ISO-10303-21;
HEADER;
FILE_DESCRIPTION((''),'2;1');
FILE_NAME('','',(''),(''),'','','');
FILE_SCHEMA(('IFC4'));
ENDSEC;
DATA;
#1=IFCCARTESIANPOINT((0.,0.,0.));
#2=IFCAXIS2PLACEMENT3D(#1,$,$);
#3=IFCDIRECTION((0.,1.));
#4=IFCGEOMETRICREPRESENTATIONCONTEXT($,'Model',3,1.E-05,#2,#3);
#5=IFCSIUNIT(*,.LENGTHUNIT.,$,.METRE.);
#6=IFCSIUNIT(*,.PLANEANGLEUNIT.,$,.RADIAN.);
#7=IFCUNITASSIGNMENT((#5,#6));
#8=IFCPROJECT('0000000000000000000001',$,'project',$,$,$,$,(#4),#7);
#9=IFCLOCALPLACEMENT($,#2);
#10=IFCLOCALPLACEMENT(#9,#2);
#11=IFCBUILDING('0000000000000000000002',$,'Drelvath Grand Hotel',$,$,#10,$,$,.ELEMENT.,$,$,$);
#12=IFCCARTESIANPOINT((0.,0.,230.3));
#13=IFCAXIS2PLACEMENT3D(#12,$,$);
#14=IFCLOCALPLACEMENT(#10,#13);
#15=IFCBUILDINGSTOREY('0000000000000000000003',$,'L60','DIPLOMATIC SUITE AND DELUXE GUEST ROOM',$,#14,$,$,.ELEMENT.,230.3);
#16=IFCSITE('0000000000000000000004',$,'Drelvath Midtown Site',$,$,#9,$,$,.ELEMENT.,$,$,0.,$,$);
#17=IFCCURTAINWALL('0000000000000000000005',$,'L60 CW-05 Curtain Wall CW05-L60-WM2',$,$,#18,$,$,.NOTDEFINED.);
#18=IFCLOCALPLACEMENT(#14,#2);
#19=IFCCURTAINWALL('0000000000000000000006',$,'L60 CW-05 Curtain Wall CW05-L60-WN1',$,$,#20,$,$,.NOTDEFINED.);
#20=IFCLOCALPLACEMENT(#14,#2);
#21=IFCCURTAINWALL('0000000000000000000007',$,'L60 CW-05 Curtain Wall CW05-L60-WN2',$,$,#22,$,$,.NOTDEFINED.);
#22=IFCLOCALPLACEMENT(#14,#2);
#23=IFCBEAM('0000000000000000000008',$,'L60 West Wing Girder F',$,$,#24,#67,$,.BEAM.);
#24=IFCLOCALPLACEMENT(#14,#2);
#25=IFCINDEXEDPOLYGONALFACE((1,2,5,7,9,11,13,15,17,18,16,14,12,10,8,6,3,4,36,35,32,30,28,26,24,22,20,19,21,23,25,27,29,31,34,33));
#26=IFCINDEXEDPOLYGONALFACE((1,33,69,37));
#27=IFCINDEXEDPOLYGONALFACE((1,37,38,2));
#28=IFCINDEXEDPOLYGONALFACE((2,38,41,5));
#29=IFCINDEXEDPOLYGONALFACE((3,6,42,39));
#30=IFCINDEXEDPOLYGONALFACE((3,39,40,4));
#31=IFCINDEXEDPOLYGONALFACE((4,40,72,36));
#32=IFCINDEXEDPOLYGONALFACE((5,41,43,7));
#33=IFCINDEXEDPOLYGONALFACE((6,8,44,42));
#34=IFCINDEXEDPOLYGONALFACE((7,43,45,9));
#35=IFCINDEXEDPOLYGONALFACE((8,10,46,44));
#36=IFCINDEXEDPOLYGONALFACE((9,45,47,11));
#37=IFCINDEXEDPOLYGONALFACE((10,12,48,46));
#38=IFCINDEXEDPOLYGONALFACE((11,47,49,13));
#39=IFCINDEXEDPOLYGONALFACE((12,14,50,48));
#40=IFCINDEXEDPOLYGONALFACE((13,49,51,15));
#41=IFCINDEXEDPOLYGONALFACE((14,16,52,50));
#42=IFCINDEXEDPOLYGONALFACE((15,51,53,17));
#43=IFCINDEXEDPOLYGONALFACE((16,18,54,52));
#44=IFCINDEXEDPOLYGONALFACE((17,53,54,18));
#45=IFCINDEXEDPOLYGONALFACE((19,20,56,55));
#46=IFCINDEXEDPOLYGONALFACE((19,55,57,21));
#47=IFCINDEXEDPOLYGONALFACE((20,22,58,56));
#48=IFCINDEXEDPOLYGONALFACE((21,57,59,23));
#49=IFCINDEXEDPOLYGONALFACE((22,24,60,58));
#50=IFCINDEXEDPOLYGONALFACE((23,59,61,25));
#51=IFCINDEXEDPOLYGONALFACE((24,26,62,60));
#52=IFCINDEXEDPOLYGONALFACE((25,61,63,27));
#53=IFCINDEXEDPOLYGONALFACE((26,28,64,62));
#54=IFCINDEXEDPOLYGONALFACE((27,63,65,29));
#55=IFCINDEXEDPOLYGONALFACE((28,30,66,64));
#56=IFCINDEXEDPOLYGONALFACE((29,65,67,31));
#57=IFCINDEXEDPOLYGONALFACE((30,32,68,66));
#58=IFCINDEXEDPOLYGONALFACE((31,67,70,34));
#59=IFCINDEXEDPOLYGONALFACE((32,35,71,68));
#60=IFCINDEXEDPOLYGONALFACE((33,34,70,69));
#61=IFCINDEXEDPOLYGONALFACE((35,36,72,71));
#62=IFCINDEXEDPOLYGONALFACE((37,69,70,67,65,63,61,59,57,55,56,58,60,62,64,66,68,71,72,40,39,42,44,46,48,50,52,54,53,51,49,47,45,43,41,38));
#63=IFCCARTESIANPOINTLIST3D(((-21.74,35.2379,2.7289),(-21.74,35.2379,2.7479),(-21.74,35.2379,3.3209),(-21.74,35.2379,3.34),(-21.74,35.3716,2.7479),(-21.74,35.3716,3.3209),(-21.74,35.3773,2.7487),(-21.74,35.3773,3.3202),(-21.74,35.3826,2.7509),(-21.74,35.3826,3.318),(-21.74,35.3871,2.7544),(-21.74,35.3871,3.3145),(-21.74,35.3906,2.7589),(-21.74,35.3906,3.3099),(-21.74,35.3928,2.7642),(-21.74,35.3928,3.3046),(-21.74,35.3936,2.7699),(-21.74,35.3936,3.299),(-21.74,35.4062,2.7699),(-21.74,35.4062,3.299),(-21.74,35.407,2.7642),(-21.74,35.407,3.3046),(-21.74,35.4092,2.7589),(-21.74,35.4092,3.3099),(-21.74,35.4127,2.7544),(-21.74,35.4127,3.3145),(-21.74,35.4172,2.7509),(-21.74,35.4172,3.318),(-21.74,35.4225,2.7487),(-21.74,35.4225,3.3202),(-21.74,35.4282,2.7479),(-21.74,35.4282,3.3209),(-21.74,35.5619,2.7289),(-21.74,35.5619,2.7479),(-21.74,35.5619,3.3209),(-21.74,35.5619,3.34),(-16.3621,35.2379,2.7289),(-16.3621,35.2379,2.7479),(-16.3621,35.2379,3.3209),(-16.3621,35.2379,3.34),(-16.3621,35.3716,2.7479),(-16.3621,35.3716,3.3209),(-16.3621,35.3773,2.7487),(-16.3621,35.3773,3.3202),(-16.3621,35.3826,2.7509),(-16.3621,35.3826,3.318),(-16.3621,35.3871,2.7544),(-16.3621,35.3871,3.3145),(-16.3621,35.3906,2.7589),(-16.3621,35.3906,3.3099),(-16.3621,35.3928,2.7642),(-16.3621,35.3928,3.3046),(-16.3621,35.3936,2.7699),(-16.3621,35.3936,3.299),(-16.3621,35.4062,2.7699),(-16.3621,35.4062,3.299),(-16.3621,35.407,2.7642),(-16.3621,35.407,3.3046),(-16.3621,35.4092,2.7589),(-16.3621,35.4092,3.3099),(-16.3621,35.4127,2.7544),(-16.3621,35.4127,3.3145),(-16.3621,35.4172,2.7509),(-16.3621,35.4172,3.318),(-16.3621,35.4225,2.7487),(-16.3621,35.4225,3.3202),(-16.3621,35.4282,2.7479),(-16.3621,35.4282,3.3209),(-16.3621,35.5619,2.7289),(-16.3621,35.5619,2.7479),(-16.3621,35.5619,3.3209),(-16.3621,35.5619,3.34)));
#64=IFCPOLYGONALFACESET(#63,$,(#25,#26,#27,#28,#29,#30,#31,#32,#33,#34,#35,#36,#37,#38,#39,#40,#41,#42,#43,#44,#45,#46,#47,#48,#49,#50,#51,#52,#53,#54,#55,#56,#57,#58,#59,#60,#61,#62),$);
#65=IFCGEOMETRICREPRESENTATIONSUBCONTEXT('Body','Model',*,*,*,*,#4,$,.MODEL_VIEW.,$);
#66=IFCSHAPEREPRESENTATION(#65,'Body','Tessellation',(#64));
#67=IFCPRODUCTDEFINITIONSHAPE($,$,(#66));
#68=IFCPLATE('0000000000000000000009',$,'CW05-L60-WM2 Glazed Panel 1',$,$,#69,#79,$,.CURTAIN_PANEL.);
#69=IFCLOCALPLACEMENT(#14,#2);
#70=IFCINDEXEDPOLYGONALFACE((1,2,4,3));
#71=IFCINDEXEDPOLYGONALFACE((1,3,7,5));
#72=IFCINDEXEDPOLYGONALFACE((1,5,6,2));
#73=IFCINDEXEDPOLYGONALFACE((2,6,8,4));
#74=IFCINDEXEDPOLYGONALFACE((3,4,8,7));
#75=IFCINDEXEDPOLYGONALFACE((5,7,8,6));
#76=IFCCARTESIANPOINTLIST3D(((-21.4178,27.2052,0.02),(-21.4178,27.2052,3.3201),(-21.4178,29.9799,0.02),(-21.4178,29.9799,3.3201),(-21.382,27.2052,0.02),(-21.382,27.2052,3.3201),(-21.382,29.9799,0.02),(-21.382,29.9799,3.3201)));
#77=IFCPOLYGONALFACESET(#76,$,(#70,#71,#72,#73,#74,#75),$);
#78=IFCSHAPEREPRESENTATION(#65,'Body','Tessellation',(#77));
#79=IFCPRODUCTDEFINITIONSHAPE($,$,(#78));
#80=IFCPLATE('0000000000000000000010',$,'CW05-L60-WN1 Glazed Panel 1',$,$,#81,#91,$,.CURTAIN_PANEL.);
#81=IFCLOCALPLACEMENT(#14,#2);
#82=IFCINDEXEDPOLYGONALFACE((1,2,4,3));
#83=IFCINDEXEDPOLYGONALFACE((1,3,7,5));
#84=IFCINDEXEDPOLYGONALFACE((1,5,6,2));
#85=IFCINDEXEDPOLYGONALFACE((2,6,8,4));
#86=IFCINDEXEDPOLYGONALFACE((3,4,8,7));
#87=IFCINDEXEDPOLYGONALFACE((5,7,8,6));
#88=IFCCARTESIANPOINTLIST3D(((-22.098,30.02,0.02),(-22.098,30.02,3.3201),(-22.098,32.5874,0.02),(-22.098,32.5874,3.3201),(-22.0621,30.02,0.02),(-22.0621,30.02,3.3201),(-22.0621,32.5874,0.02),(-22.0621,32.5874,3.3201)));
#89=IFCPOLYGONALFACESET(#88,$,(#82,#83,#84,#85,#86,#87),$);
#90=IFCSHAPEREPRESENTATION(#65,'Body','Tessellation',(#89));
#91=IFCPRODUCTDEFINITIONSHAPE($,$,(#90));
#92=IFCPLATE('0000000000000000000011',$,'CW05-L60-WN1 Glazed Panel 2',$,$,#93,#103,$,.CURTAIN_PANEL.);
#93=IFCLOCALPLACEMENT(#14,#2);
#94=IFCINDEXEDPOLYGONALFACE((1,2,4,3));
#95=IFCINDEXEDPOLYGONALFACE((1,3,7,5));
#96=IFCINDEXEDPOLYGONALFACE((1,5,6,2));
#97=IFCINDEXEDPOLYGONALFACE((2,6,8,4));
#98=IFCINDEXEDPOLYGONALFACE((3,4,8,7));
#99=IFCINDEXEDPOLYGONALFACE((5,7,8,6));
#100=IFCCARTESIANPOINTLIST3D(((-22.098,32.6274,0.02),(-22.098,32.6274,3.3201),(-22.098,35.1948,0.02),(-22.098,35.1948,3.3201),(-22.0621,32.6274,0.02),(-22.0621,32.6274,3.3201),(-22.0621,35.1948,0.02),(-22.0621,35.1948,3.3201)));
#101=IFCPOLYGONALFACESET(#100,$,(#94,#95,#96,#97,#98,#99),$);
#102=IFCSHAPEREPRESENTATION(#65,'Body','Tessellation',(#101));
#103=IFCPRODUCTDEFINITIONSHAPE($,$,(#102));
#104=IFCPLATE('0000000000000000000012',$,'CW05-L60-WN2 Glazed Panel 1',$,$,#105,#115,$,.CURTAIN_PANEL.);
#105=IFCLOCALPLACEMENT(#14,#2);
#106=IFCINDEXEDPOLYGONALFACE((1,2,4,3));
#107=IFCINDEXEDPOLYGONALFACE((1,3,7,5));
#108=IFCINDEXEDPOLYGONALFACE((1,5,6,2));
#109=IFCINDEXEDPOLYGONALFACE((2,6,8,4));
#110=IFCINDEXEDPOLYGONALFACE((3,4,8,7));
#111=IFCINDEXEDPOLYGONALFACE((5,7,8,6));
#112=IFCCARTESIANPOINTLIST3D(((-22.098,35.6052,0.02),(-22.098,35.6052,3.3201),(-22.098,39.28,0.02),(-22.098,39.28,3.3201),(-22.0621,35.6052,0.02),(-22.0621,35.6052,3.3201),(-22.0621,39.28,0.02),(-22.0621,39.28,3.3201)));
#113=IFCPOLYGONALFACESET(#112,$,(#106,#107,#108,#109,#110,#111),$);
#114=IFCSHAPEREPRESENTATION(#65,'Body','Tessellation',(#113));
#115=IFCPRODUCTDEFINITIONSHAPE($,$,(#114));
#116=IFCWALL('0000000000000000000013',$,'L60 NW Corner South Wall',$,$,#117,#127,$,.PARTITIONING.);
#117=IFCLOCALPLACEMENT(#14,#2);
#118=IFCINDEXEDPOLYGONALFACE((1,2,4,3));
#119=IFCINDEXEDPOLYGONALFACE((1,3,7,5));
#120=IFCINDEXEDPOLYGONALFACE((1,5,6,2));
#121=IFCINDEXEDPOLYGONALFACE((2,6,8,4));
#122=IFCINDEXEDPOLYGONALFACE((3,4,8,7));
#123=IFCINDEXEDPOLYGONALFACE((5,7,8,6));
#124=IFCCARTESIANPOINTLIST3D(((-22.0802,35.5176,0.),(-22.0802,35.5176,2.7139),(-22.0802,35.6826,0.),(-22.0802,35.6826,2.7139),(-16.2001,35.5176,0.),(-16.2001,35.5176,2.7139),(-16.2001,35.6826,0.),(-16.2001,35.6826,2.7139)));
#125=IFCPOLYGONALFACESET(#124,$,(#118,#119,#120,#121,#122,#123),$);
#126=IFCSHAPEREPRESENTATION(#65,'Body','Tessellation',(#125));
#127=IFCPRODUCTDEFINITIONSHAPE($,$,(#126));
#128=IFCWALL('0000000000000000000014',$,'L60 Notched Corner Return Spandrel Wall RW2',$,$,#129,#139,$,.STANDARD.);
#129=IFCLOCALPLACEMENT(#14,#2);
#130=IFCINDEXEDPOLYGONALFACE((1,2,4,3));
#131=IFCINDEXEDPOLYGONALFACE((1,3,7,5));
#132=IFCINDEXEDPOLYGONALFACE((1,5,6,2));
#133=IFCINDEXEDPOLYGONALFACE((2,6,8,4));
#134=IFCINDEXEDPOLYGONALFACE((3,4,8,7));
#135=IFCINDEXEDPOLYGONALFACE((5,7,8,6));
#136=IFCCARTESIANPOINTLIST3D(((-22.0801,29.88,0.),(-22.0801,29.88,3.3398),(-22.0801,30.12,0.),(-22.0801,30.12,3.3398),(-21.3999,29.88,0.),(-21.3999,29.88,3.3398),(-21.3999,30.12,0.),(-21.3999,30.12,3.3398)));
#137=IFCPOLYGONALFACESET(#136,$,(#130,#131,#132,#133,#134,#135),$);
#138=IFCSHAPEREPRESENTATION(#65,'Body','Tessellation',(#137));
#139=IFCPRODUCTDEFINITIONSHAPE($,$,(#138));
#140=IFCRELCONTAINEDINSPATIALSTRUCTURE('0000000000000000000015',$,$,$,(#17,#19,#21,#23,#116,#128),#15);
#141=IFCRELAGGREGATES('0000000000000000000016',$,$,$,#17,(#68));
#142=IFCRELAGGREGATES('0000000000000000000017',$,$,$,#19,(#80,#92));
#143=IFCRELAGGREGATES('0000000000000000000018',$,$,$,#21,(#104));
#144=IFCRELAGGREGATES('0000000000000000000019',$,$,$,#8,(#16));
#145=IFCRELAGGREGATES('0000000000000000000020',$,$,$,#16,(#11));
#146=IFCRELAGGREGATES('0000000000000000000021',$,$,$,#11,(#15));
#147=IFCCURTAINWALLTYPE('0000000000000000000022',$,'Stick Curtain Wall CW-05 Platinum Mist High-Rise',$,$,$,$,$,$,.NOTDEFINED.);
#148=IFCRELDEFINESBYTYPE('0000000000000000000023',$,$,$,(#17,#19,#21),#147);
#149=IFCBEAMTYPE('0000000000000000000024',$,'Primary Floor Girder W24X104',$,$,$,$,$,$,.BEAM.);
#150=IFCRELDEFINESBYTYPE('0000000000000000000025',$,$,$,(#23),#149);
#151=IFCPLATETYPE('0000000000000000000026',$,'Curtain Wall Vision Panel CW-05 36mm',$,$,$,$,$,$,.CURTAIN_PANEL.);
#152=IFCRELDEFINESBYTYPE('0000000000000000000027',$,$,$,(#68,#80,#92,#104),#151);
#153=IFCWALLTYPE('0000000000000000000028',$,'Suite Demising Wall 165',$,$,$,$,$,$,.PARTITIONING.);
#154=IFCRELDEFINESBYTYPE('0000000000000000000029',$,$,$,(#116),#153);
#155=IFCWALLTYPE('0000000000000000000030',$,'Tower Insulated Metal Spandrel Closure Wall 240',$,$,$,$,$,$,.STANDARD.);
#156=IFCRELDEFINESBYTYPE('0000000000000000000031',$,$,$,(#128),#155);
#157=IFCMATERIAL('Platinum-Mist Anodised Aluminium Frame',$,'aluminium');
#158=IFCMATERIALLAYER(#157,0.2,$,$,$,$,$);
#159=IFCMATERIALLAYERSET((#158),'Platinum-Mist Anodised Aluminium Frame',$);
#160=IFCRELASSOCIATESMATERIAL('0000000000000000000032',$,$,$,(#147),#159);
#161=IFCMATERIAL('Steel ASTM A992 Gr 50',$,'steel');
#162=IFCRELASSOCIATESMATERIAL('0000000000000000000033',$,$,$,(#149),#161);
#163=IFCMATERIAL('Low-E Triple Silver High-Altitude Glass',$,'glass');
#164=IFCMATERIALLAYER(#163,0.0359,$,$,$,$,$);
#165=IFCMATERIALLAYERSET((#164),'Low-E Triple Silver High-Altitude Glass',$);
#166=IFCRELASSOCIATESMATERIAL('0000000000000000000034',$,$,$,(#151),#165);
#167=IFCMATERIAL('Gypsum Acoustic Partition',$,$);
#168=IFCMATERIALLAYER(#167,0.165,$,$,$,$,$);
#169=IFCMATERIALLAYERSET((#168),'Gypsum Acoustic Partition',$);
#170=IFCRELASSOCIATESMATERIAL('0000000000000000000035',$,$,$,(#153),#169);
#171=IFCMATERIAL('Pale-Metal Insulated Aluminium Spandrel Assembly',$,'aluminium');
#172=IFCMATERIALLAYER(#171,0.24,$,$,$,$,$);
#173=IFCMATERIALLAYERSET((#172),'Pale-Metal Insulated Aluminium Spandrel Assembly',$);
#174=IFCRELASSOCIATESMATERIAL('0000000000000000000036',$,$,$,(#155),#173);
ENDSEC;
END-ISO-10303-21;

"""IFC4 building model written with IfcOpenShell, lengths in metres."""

from ifc_helpers import new_model, si_unit, direction, frame, frame_2d, origin, origin_2d, place, context, subcontext, project, spatial, rectangle, i_section, extrude, material, layer, layer_set, material_profile, profile_set, type_object, element, aggregate, save


model = new_model("IFC4")

# Units and contexts
model_context = context("Model", 3, precision=1e-05, world=origin(), true_north=direction((0.0, 1.0)))
body_context = subcontext(model_context, "Body", "Model", "MODEL_VIEW")
ifc_project = project(units=[si_unit("LENGTHUNIT", "METRE"), si_unit("PLANEANGLEUNIT", "RADIAN")], contexts=[model_context])

# Site, building, storey
site_placement = place(None, origin())
site = spatial("IfcSite", under=ifc_project, at=site_placement, Name="Drelvath Midtown Site", CompositionType="ELEMENT", RefElevation=0.0)
building_placement = place(site_placement, origin())
building = spatial("IfcBuilding", under=site, at=building_placement, Name="Drelvath Grand Hotel", CompositionType="ELEMENT")
storey_placement = place(building_placement, frame((0.0, 0.0, 230.3)))
storey = spatial("IfcBuildingStorey", under=building, at=storey_placement, Name="L60", Description="DIPLOMATIC SUITE AND DELUXE GUEST ROOM", CompositionType="ELEMENT", Elevation=230.3)

# Curtain walls
ifc_material_1 = material(Name="Platinum-Mist Anodised Aluminium Frame", Category="aluminium")
ifc_layer_1 = layer(ifc_material_1, 0.2)
ifc_layer_set_1 = layer_set([ifc_layer_1], Name="Platinum-Mist Anodised Aluminium Frame")
curtain_wall_type = type_object("IfcCurtainWallType", Name="Stick Curtain Wall CW-05 Platinum Mist High-Rise", PredefinedType="NOTDEFINED", material=ifc_layer_set_1)
curtain_wall_1_placement = place(storey_placement, origin())
curtain_wall_1 = element("IfcCurtainWall", 1, at=curtain_wall_1_placement, inside=storey, type_object=curtain_wall_type, Name="L60 CW-05 Curtain Wall CW05-L60-WM2", PredefinedType="NOTDEFINED")
curtain_wall_2_placement = place(storey_placement, origin())
curtain_wall_2 = element("IfcCurtainWall", 2, at=curtain_wall_2_placement, inside=storey, type_object=curtain_wall_type, Name="L60 CW-05 Curtain Wall CW05-L60-WN1", PredefinedType="NOTDEFINED")
curtain_wall_3_placement = place(storey_placement, origin())
curtain_wall_3 = element("IfcCurtainWall", 3, at=curtain_wall_3_placement, inside=storey, type_object=curtain_wall_type, Name="L60 CW-05 Curtain Wall CW05-L60-WN2", PredefinedType="NOTDEFINED")

# Beam
ifc_material_2 = material(Name="Steel ASTM A992 Gr 50", Category="steel")
ifc_material_profile_1 = material_profile(ifc_material_2, i_section(OverallWidth=0.324, OverallDepth=0.6111, WebThickness=0.0127, FlangeThickness=0.019, FilletRadius=0.022, at=origin_2d()), Name="W24X104")
ifc_profile_set_1 = profile_set([ifc_material_profile_1], Name="Steel ASTM A992 Gr 50")
beam_type_1 = type_object("IfcBeamType", Name="Primary Floor Girder W24X104", PredefinedType="BEAM", material=ifc_profile_set_1)
beam_1_placement = place(storey_placement, frame((-21.74, 35.3999, 3.0344), z_axis=(1.0, 0.0, 0.0), x_axis=(0.0, 1.0, 0.0)))
element("IfcBeam", 4, at=beam_1_placement, inside=storey, type_object=beam_type_1, Name="L60 West Wing Girder F", PredefinedType="BEAM", context=body_context, shape_type="SweptSolid", body=[
    extrude(i_section(OverallWidth=0.324, OverallDepth=0.6111, WebThickness=0.0127, FlangeThickness=0.019, FilletRadius=0.022, at=origin_2d()), origin(), (0.0, 0.0, 1.0), 5.3779),
])

# Plates
ifc_material_3 = material(Name="Low-E Triple Silver High-Altitude Glass", Category="glass")
ifc_layer_2 = layer(ifc_material_3, 0.0359)
ifc_layer_set_2 = layer_set([ifc_layer_2], Name="Low-E Triple Silver High-Altitude Glass")
plate_type = type_object("IfcPlateType", Name="Curtain Wall Vision Panel CW-05 36mm", PredefinedType="CURTAIN_PANEL", material=ifc_layer_set_2)
plate_1_placement = place(storey_placement, frame((-21.3999, 28.5925, 0.02), z_axis=(0.0, 0.0, 1.0), x_axis=(0.0, 1.0, 0.0)))
plate_1 = element("IfcPlate", 5, at=plate_1_placement, type_object=plate_type, Name="CW05-L60-WM2 Glazed Panel 1", PredefinedType="CURTAIN_PANEL", context=body_context, shape_type="SweptSolid", body=[
    extrude(rectangle(XDim=2.7747, YDim=0.0359, at=origin_2d()), origin(), (0.0, 0.0, 1.0), 3.3),
])
aggregate(curtain_wall_1, [plate_1])
plate_2_placement = place(storey_placement, frame((-22.0801, 31.3037, 0.02), z_axis=(0.0, 0.0, 1.0), x_axis=(0.0, 1.0, 0.0)))
plate_2 = element("IfcPlate", 6, at=plate_2_placement, type_object=plate_type, Name="CW05-L60-WN1 Glazed Panel 1", PredefinedType="CURTAIN_PANEL", context=body_context, shape_type="SweptSolid", body=[
    extrude(rectangle(XDim=2.5674, YDim=0.0359, at=origin_2d()), origin(), (0.0, 0.0, 1.0), 3.3),
])
plate_3_placement = place(storey_placement, frame((-22.0801, 33.9111, 0.02), z_axis=(0.0, 0.0, 1.0), x_axis=(0.0, 1.0, 0.0)))
plate_3 = element("IfcPlate", 7, at=plate_3_placement, type_object=plate_type, Name="CW05-L60-WN1 Glazed Panel 2", PredefinedType="CURTAIN_PANEL", context=body_context, shape_type="SweptSolid", body=[
    extrude(rectangle(XDim=2.5674, YDim=0.0359, at=origin_2d()), origin(), (0.0, 0.0, 1.0), 3.3),
])
aggregate(curtain_wall_2, [plate_2, plate_3])
plate_4_placement = place(storey_placement, frame((-22.0801, 37.4426, 0.02), z_axis=(0.0, 0.0, 1.0), x_axis=(0.0, 1.0, 0.0)))
plate_4 = element("IfcPlate", 8, at=plate_4_placement, type_object=plate_type, Name="CW05-L60-WN2 Glazed Panel 1", PredefinedType="CURTAIN_PANEL", context=body_context, shape_type="SweptSolid", body=[
    extrude(rectangle(XDim=3.6748, YDim=0.0359, at=origin_2d()), origin(), (0.0, 0.0, 1.0), 3.3),
])
aggregate(curtain_wall_3, [plate_4])

# Walls
ifc_material_4 = material(Name="Gypsum Acoustic Partition")
ifc_layer_3 = layer(ifc_material_4, 0.165)
ifc_layer_set_3 = layer_set([ifc_layer_3], Name="Gypsum Acoustic Partition")
wall_type_1 = type_object("IfcWallType", Name="Suite Demising Wall 165", PredefinedType="PARTITIONING", material=ifc_layer_set_3)
wall_1_placement = place(storey_placement, frame((-22.0801, 35.6001, 0.0), z_axis=(0.0, 0.0, 1.0), x_axis=(1.0, 0.0, 0.0)))
element("IfcWall", 9, at=wall_1_placement, inside=storey, type_object=wall_type_1, Name="L60 NW Corner South Wall", PredefinedType="PARTITIONING", context=body_context, shape_type="SweptSolid", body=[
    extrude(rectangle(XDim=5.8801, YDim=0.165, at=frame_2d((2.9399, 0.0))), origin(), (0.0, 0.0, 1.0), 2.7139),
])
ifc_material_5 = material(Name="Pale-Metal Insulated Aluminium Spandrel Assembly", Category="aluminium")
ifc_layer_4 = layer(ifc_material_5, 0.24)
ifc_layer_set_4 = layer_set([ifc_layer_4], Name="Pale-Metal Insulated Aluminium Spandrel Assembly")
wall_type_2 = type_object("IfcWallType", Name="Tower Insulated Metal Spandrel Closure Wall 240", PredefinedType="STANDARD", material=ifc_layer_set_4)
wall_2_placement = place(storey_placement, frame((-21.3999, 30.0, 0.0), z_axis=(0.0, 0.0, 1.0), x_axis=(-1.0, 0.0, 0.0)))
element("IfcWall", 10, at=wall_2_placement, inside=storey, type_object=wall_type_2, Name="L60 Notched Corner Return Spandrel Wall RW2", PredefinedType="STANDARD", context=body_context, shape_type="SweptSolid", body=[
    extrude(rectangle(XDim=0.6802, YDim=0.24, at=frame_2d((0.3401, 0.0))), origin(), (0.0, 0.0, 1.0), 3.3398),
])

save(model, "model.ifc")
